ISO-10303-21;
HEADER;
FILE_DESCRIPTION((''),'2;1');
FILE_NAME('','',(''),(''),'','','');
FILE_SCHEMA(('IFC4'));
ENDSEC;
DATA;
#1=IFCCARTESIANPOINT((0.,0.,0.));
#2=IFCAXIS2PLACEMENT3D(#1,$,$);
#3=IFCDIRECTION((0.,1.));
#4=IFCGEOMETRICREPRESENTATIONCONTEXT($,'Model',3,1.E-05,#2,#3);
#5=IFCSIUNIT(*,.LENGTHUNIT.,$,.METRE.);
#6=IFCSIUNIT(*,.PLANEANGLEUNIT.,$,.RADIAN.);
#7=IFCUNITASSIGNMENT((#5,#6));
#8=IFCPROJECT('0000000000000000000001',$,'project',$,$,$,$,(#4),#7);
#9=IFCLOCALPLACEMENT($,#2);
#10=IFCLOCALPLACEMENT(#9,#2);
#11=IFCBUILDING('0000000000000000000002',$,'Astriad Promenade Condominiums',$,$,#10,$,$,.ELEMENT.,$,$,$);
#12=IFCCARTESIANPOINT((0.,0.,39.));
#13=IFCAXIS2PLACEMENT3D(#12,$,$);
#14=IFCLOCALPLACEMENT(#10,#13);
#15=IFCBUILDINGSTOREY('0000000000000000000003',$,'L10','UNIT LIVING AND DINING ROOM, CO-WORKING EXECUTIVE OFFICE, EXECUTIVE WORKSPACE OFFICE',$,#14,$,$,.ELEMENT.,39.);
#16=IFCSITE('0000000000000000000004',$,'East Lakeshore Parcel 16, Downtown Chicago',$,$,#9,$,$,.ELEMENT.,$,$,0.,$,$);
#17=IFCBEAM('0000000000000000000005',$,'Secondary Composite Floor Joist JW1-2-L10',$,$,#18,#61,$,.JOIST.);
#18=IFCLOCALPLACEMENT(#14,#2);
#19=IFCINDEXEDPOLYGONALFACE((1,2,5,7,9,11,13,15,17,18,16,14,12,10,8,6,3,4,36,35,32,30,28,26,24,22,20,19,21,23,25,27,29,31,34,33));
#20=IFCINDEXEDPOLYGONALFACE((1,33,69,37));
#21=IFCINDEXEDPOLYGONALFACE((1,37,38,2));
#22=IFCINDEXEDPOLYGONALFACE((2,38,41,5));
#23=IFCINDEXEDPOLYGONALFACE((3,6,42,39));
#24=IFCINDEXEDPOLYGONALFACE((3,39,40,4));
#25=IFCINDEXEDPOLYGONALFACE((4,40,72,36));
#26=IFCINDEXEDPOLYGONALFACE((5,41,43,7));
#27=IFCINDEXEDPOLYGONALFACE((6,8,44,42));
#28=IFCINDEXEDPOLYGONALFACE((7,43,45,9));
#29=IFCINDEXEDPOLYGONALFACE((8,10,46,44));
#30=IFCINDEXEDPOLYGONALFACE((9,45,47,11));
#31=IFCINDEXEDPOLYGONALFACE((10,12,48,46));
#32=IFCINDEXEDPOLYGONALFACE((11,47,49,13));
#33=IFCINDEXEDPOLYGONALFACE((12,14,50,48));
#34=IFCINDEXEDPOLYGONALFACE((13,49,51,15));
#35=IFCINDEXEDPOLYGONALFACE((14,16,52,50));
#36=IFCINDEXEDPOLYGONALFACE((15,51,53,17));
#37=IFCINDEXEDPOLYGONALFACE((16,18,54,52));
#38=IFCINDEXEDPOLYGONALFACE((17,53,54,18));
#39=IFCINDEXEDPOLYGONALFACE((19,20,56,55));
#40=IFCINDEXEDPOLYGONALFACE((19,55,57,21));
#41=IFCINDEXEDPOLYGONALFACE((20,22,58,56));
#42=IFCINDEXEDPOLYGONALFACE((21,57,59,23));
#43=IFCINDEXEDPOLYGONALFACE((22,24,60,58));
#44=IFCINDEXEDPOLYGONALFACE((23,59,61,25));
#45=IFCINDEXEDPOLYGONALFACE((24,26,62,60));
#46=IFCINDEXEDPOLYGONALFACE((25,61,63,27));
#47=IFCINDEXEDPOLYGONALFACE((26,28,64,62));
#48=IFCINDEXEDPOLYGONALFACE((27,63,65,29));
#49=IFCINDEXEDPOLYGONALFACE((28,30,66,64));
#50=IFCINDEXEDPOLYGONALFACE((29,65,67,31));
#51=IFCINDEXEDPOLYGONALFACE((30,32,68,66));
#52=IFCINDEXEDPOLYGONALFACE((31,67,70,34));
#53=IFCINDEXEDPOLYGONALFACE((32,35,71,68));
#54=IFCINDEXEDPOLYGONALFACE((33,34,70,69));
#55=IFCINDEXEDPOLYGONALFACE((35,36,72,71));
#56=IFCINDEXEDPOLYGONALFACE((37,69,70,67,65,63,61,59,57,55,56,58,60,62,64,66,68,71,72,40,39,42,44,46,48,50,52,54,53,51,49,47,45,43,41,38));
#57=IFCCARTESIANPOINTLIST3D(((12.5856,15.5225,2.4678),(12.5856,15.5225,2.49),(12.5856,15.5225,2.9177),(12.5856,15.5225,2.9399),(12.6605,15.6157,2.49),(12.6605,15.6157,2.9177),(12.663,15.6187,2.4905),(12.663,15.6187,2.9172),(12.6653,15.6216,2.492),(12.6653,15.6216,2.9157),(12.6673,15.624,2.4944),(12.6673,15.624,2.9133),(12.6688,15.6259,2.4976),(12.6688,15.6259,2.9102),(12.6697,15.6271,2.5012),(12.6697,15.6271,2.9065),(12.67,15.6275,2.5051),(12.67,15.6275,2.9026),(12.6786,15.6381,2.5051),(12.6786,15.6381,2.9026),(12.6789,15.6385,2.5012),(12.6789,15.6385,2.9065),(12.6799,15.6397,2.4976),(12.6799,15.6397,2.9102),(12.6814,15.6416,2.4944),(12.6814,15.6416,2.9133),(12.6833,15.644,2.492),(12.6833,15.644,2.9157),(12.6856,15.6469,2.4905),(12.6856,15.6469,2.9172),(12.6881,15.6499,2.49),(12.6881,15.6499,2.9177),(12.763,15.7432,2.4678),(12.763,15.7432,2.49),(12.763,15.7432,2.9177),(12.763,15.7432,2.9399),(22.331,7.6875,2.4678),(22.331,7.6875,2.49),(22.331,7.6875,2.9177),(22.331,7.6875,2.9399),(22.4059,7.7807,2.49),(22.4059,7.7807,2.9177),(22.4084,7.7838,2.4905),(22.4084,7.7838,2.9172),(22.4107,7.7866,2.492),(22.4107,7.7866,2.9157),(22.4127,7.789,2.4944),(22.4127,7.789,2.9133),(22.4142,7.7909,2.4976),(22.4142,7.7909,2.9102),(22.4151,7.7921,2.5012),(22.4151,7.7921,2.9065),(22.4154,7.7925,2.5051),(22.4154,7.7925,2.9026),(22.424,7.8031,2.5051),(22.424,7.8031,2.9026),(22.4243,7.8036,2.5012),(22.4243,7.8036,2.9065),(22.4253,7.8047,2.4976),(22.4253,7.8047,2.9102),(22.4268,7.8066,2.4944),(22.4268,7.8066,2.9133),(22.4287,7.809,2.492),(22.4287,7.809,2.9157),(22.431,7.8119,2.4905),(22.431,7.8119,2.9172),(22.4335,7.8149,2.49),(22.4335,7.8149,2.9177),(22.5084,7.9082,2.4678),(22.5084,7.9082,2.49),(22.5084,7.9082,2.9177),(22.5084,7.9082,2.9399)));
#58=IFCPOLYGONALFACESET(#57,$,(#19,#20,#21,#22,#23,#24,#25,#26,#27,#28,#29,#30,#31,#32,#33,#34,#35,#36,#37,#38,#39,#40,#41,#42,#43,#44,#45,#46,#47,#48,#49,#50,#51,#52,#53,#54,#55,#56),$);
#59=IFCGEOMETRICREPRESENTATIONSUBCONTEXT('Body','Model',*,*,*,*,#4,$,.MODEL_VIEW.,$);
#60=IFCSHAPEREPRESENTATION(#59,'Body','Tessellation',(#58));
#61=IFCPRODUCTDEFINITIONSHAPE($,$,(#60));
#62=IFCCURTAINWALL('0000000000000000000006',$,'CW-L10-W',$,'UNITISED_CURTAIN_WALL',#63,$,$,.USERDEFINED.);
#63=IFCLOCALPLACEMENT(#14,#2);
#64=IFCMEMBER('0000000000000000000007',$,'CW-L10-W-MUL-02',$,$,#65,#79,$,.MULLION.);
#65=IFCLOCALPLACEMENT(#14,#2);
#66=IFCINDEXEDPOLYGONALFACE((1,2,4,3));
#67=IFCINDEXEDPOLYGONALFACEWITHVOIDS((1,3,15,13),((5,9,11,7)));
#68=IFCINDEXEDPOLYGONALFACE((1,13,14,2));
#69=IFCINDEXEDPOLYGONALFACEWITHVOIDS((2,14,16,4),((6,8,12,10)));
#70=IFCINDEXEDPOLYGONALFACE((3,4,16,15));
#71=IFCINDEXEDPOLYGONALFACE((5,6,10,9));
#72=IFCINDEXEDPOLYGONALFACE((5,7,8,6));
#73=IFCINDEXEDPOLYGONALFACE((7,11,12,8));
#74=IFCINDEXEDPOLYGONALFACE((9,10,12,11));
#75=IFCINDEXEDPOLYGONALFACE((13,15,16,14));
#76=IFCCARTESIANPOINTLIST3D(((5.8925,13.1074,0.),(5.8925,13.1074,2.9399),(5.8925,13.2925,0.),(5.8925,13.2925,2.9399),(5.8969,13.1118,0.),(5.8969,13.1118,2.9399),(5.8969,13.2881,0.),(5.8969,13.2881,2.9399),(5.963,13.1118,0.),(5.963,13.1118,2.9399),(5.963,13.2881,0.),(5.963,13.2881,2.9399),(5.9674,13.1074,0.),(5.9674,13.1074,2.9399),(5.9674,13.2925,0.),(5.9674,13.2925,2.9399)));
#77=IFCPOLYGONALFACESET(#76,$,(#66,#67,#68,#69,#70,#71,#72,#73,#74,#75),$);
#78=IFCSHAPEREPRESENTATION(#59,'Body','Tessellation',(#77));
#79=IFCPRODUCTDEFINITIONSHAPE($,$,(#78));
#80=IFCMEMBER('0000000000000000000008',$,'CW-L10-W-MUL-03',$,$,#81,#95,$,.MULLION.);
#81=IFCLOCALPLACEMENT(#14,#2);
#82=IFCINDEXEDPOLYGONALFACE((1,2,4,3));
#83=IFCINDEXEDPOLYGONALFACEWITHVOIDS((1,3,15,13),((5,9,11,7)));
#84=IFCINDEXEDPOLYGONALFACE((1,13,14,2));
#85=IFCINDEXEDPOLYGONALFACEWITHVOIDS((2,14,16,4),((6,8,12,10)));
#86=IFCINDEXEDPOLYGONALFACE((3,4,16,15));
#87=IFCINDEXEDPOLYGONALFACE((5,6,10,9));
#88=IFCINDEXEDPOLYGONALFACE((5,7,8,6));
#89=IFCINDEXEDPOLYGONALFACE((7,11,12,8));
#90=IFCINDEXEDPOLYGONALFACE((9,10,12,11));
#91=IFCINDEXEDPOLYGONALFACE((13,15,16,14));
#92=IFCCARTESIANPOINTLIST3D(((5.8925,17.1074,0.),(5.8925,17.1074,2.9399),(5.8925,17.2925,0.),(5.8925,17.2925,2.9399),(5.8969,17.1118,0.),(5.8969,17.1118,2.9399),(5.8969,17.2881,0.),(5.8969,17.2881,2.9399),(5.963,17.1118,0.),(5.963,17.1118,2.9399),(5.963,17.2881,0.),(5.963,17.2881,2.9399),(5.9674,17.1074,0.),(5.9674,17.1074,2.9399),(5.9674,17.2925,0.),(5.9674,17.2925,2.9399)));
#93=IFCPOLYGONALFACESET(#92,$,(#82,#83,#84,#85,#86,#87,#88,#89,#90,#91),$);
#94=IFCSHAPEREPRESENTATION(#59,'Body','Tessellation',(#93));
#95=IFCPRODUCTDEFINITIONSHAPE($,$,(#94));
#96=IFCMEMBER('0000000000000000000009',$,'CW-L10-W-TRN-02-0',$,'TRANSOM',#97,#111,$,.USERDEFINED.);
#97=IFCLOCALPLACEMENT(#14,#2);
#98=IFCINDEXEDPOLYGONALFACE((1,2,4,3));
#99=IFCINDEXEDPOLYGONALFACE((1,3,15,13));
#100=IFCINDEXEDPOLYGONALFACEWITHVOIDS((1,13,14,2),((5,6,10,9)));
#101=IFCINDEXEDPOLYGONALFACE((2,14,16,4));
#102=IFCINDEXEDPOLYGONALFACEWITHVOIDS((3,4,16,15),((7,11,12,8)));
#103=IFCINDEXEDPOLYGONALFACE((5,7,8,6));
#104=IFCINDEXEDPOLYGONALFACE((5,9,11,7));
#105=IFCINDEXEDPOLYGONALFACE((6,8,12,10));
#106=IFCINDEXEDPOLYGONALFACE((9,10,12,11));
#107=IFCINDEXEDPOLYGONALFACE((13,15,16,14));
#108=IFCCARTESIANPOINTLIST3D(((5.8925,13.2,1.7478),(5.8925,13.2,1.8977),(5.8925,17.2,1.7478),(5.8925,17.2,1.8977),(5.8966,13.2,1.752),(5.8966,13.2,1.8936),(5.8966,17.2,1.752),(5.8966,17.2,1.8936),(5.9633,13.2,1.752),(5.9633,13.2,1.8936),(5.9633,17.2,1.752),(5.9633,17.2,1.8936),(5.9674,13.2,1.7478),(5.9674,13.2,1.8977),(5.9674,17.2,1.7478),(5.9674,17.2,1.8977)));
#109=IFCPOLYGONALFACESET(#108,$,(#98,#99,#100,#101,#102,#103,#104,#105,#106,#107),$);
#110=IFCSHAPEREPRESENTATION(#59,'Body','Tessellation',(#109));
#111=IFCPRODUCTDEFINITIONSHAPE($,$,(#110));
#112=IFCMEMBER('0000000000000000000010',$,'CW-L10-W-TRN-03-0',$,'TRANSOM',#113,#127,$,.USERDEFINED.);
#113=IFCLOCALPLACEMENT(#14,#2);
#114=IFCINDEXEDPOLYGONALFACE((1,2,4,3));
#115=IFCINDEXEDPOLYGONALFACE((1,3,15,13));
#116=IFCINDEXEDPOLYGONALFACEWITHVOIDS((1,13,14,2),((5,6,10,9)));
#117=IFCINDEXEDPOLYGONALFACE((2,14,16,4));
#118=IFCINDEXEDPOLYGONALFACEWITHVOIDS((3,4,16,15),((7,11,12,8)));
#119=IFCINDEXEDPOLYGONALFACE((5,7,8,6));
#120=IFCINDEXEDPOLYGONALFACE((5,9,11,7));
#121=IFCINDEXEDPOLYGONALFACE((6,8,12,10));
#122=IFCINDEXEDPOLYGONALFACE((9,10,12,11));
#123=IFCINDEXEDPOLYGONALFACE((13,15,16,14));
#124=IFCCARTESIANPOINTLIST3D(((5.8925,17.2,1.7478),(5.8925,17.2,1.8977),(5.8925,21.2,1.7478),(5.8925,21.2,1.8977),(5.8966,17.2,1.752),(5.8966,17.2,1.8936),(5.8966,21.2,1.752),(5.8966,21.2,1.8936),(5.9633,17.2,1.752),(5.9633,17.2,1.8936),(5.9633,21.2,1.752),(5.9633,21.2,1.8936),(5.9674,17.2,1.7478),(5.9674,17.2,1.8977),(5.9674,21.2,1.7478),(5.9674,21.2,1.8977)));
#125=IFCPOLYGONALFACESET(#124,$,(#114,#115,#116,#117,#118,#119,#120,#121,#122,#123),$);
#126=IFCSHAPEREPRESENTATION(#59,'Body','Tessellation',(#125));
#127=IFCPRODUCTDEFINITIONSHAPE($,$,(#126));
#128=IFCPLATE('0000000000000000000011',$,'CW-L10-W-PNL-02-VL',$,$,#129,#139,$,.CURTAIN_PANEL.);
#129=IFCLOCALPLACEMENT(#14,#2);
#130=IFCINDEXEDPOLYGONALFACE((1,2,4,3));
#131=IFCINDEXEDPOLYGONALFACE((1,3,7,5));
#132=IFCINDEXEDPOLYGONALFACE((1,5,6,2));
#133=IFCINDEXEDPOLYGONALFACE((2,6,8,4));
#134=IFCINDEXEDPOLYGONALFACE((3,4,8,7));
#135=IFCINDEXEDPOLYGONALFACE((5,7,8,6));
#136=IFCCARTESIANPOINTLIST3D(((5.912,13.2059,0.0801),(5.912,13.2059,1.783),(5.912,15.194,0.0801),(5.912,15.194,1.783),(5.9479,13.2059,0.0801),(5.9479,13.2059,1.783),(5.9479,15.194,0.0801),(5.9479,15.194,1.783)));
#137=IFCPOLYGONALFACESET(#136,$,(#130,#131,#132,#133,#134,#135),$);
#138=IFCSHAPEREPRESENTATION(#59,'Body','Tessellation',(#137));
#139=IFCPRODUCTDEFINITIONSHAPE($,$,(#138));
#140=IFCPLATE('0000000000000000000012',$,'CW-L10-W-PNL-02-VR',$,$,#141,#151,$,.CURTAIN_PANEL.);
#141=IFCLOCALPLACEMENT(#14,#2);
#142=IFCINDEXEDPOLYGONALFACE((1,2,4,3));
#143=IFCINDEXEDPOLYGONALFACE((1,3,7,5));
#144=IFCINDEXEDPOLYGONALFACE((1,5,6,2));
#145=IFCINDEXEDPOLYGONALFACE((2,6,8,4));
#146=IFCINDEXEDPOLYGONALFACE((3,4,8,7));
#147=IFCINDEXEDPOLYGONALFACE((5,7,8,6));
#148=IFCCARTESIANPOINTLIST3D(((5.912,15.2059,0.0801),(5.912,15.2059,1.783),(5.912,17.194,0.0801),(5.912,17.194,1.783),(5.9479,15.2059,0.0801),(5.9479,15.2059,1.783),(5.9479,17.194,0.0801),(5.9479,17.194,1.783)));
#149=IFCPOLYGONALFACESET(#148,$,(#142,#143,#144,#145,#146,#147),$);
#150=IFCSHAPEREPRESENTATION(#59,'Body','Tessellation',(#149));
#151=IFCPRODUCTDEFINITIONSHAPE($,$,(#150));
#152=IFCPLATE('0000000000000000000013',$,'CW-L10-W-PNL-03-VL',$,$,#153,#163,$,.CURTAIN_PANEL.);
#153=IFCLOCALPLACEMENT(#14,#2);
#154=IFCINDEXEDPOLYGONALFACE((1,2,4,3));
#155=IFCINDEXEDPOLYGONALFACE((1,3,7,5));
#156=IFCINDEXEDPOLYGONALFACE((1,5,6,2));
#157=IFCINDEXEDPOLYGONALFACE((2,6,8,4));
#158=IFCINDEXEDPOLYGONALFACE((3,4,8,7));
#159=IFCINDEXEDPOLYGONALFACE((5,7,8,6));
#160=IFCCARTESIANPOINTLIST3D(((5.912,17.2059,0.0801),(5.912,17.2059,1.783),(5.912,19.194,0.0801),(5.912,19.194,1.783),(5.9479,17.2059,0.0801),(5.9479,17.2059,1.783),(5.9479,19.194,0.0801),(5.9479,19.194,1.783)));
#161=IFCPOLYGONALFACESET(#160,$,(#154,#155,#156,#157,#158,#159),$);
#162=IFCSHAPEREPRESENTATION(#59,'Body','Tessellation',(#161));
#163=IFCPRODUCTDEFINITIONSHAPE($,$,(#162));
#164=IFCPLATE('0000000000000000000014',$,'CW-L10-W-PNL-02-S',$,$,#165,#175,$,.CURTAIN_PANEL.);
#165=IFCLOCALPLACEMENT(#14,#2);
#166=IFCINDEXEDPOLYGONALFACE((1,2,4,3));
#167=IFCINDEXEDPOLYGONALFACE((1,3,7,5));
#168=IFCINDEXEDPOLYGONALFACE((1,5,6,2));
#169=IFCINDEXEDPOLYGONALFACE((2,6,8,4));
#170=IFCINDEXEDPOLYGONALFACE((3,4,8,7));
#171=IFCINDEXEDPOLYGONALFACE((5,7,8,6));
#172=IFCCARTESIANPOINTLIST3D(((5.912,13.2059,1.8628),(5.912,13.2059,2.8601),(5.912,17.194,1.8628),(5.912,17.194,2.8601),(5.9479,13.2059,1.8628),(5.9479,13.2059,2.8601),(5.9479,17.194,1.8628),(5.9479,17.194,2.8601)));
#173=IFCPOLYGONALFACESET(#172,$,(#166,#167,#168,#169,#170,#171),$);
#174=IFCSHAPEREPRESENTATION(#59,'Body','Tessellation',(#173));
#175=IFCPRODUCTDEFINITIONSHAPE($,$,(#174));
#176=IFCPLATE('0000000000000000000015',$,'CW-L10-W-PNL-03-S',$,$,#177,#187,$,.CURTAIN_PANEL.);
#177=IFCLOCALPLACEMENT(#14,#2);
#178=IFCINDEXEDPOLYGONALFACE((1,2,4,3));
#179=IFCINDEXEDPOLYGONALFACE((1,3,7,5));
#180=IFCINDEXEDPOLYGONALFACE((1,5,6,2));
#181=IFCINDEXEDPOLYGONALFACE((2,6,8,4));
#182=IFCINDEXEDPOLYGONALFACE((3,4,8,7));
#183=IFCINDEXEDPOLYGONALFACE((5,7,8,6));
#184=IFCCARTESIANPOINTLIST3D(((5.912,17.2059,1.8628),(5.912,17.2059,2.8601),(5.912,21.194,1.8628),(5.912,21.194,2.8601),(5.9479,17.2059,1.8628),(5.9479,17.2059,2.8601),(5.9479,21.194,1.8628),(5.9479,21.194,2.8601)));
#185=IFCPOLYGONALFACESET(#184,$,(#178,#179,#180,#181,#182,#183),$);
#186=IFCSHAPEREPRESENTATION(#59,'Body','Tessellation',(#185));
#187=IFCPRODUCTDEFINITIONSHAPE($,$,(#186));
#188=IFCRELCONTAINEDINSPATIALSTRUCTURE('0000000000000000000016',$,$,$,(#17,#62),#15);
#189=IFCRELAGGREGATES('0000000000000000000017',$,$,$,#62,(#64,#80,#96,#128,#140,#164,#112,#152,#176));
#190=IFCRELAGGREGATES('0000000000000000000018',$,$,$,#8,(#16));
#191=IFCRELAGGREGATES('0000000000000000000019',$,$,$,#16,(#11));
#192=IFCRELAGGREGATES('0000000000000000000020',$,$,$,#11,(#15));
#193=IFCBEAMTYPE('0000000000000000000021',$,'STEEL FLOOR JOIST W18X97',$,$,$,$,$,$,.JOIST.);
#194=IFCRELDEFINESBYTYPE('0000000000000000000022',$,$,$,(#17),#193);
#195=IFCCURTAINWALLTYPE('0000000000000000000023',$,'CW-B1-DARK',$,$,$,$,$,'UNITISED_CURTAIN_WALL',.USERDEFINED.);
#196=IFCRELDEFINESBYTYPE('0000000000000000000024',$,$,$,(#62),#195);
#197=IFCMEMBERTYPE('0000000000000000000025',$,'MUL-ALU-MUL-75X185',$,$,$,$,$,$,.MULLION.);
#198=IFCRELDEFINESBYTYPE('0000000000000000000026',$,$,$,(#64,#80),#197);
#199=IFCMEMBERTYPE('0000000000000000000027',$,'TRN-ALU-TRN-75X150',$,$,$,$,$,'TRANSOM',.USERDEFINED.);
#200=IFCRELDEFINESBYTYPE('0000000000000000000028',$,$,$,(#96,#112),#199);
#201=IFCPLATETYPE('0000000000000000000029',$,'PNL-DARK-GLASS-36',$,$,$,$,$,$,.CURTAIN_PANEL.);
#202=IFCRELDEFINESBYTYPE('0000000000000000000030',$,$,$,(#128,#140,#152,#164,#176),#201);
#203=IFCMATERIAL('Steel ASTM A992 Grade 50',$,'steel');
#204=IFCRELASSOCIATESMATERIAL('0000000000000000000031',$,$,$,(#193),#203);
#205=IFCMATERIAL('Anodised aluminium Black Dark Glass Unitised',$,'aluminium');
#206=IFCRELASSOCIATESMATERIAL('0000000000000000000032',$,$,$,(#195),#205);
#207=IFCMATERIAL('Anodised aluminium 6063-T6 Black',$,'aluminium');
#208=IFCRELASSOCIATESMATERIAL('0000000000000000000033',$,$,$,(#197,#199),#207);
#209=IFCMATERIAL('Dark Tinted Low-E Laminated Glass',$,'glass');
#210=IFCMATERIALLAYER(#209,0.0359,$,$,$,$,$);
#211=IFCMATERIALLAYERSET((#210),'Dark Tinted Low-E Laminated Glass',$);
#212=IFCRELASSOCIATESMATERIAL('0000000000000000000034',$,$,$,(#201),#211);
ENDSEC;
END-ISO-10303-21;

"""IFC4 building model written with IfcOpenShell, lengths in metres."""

from ifc_helpers import new_model, si_unit, direction, frame, origin, origin_2d, place, context, subcontext, project, spatial, rectangle, hollow_rectangle, i_section, extrude, source, transform, mapped, material, layer, layer_set, material_profile, profile_set, type_object, type_shapes, element, aggregate, save


model = new_model("IFC4")

# Units and contexts
model_context = context("Model", 3, precision=1e-05, world=origin(), true_north=direction((0.0, 1.0)))
body_context = subcontext(model_context, "Body", "Model", "MODEL_VIEW")
ifc_project = project(units=[si_unit("LENGTHUNIT", "METRE"), si_unit("PLANEANGLEUNIT", "RADIAN")], contexts=[model_context])

# Site, building, storey
site_placement = place(None, origin())
site = spatial("IfcSite", under=ifc_project, at=site_placement, Name="East Lakeshore Parcel 16, Downtown Chicago", CompositionType="ELEMENT", RefElevation=0.0)
building_placement = place(site_placement, origin())
building = spatial("IfcBuilding", under=site, at=building_placement, Name="Astriad Promenade Condominiums", CompositionType="ELEMENT")
storey_placement = place(building_placement, frame((0.0, 0.0, 39.0)))
storey = spatial("IfcBuildingStorey", under=building, at=storey_placement, Name="L10", Description="UNIT LIVING AND DINING ROOM, CO-WORKING EXECUTIVE OFFICE, EXECUTIVE WORKSPACE OFFICE", CompositionType="ELEMENT", Elevation=39.0)

# Beam
ifc_material_1 = material(Name="Steel ASTM A992 Grade 50", Category="steel")
ifc_material_profile_1 = material_profile(ifc_material_1, i_section(OverallWidth=0.2832, OverallDepth=0.4722, WebThickness=0.0137, FlangeThickness=0.0222, FilletRadius=0.0151, at=origin_2d()), Name="W18X97")
ifc_profile_set_1 = profile_set([ifc_material_profile_1], Name="Steel ASTM A992 Grade 50")
beam_type_1 = type_object("IfcBeamType", Name="STEEL FLOOR JOIST W18X97", PredefinedType="JOIST", material=ifc_profile_set_1)
shared_shape_1 = source(origin(), body_context, "Body", "SweptSolid", [
    extrude(i_section(OverallWidth=0.2832, OverallDepth=0.4722, WebThickness=0.0137, FlangeThickness=0.0222, FilletRadius=0.0151, at=origin_2d()), origin(), (0.0, 0.0, 1.0), 12.5044),
])
beam_1_placement = place(storey_placement, frame((12.6743, 15.6328, 2.7039), z_axis=(0.779358, -0.626579, 0.0), x_axis=(0.626579, 0.779358, 0.0)))
element("IfcBeam", 1, at=beam_1_placement, inside=storey, type_object=beam_type_1, Name="Secondary Composite Floor Joist JW1-2-L10", PredefinedType="JOIST", context=body_context, shape_type="MappedRepresentation", body=[
    mapped(shared_shape_1, transform((0.0, 0.0, 0.0), scale=1.0)),
])

# Curtain wall, members, plates
ifc_material_2 = material(Name="Anodised aluminium Black Dark Glass Unitised", Category="aluminium")
curtain_wall_type = type_object("IfcCurtainWallType", Name="CW-B1-DARK", ElementType="UNITISED_CURTAIN_WALL", PredefinedType="USERDEFINED", material=ifc_material_2)
curtain_wall_placement = place(storey_placement, origin())
curtain_wall = element("IfcCurtainWall", 2, at=curtain_wall_placement, inside=storey, type_object=curtain_wall_type, Name="CW-L10-W", ObjectType="UNITISED_CURTAIN_WALL", PredefinedType="USERDEFINED")
ifc_material_3 = material(Name="Anodised aluminium 6063-T6 Black", Category="aluminium")
ifc_material_profile_2 = material_profile(ifc_material_3, hollow_rectangle(XDim=0.075, YDim=0.1851, WallThickness=0.0044, at=origin_2d()), Name="ALU-MUL-75X185")
ifc_profile_set_2 = profile_set([ifc_material_profile_2], Name="Anodised aluminium 6063-T6 Black")
member_type_1 = type_object("IfcMemberType", Name="MUL-ALU-MUL-75X185", PredefinedType="MULLION", material=ifc_profile_set_2)
shared_shape_2 = source(origin(), body_context, "Body", "SweptSolid", [
    extrude(hollow_rectangle(XDim=0.075, YDim=0.1851, WallThickness=0.0044, at=origin_2d()), origin(), (0.0, 0.0, 1.0), 2.9399),
])
type_shapes(member_type_1, [shared_shape_2])
member_1_placement = place(storey_placement, frame((5.9299, 13.2, 0.0), z_axis=(0.0, 0.0, 1.0), x_axis=(1.0, 0.0, 0.0)))
member_1 = element("IfcMember", 3, at=member_1_placement, type_object=member_type_1, Name="CW-L10-W-MUL-02", PredefinedType="MULLION", context=body_context, shape_type="MappedRepresentation", body=[
    mapped(shared_shape_2, transform((0.0, 0.0, 0.0), scale=1.0)),
])
member_2_placement = place(storey_placement, frame((5.9299, 17.2, 0.0), z_axis=(0.0, 0.0, 1.0), x_axis=(1.0, 0.0, 0.0)))
member_2 = element("IfcMember", 4, at=member_2_placement, type_object=member_type_1, Name="CW-L10-W-MUL-03", PredefinedType="MULLION", context=body_context, shape_type="MappedRepresentation", body=[
    mapped(shared_shape_2, transform((0.0, 0.0, 0.0), scale=1.0)),
])
ifc_material_profile_3 = material_profile(ifc_material_3, hollow_rectangle(XDim=0.075, YDim=0.1499, WallThickness=0.0042, at=origin_2d()), Name="ALU-TRN-75X150")
ifc_profile_set_3 = profile_set([ifc_material_profile_3], Name="Anodised aluminium 6063-T6 Black")
member_type_2 = type_object("IfcMemberType", Name="TRN-ALU-TRN-75X150", ElementType="TRANSOM", PredefinedType="USERDEFINED", material=ifc_profile_set_3)
shared_shape_3 = source(origin(), body_context, "Body", "SweptSolid", [
    extrude(hollow_rectangle(XDim=0.075, YDim=0.1499, WallThickness=0.0042, at=origin_2d()), origin(), (0.0, 0.0, 1.0), 4.0),
])
type_shapes(member_type_2, [shared_shape_3])
member_3_placement = place(storey_placement, frame((5.9299, 13.2, 1.8228), z_axis=(0.0, 1.0, 0.0), x_axis=(-1.0, 0.0, 0.0)))
member_3 = element("IfcMember", 5, at=member_3_placement, type_object=member_type_2, Name="CW-L10-W-TRN-02-0", ObjectType="TRANSOM", PredefinedType="USERDEFINED", context=body_context, shape_type="MappedRepresentation", body=[
    mapped(shared_shape_3, transform((0.0, 0.0, 0.0), scale=1.0)),
])
member_4_placement = place(storey_placement, frame((5.9299, 17.2, 1.8228), z_axis=(0.0, 1.0, 0.0), x_axis=(-1.0, 0.0, 0.0)))
member_4 = element("IfcMember", 6, at=member_4_placement, type_object=member_type_2, Name="CW-L10-W-TRN-03-0", ObjectType="TRANSOM", PredefinedType="USERDEFINED", context=body_context, shape_type="MappedRepresentation", body=[
    mapped(shared_shape_3, transform((0.0, 0.0, 0.0), scale=1.0)),
])
ifc_material_4 = material(Name="Dark Tinted Low-E Laminated Glass", Category="glass")
ifc_layer_1 = layer(ifc_material_4, 0.0359)
ifc_layer_set_1 = layer_set([ifc_layer_1], Name="Dark Tinted Low-E Laminated Glass")
plate_type = type_object("IfcPlateType", Name="PNL-DARK-GLASS-36", PredefinedType="CURTAIN_PANEL", material=ifc_layer_set_1)
shared_shape_4 = source(origin(), body_context, "Body", "SweptSolid", [
    extrude(rectangle(XDim=1.988, YDim=0.0359, at=origin_2d()), origin(), (0.0, 0.0, 1.0), 1.7029),
])
plate_1_placement = place(storey_placement, frame((5.9299, 14.2, 0.0801), z_axis=(0.0, 0.0, 1.0), x_axis=(0.0, 1.0, 0.0)))
plate_1 = element("IfcPlate", 7, at=plate_1_placement, type_object=plate_type, Name="CW-L10-W-PNL-02-VL", PredefinedType="CURTAIN_PANEL", context=body_context, shape_type="MappedRepresentation", body=[
    mapped(shared_shape_4, transform((0.0, 0.0, 0.0), scale=1.0)),
])
plate_2_placement = place(storey_placement, frame((5.9299, 16.2, 0.0801), z_axis=(0.0, 0.0, 1.0), x_axis=(0.0, 1.0, 0.0)))
plate_2 = element("IfcPlate", 8, at=plate_2_placement, type_object=plate_type, Name="CW-L10-W-PNL-02-VR", PredefinedType="CURTAIN_PANEL", context=body_context, shape_type="MappedRepresentation", body=[
    mapped(shared_shape_4, transform((0.0, 0.0, 0.0), scale=1.0)),
])
plate_3_placement = place(storey_placement, frame((5.9299, 18.2, 0.0801), z_axis=(0.0, 0.0, 1.0), x_axis=(0.0, 1.0, 0.0)))
plate_3 = element("IfcPlate", 9, at=plate_3_placement, type_object=plate_type, Name="CW-L10-W-PNL-03-VL", PredefinedType="CURTAIN_PANEL", context=body_context, shape_type="MappedRepresentation", body=[
    mapped(shared_shape_4, transform((0.0, 0.0, 0.0), scale=1.0)),
])
shared_shape_5 = source(origin(), body_context, "Body", "SweptSolid", [
    extrude(rectangle(XDim=3.988, YDim=0.0359, at=origin_2d()), origin(), (0.0, 0.0, 1.0), 0.9973),
])
type_shapes(plate_type, [shared_shape_4, shared_shape_5])
plate_4_placement = place(storey_placement, frame((5.9299, 15.2, 1.8628), z_axis=(0.0, 0.0, 1.0), x_axis=(0.0, 1.0, 0.0)))
plate_4 = element("IfcPlate", 10, at=plate_4_placement, type_object=plate_type, Name="CW-L10-W-PNL-02-S", PredefinedType="CURTAIN_PANEL", context=body_context, shape_type="MappedRepresentation", body=[
    mapped(shared_shape_5, transform((0.0, 0.0, 0.0), scale=1.0)),
])
plate_5_placement = place(storey_placement, frame((5.9299, 19.2, 1.8628), z_axis=(0.0, 0.0, 1.0), x_axis=(0.0, 1.0, 0.0)))
plate_5 = element("IfcPlate", 11, at=plate_5_placement, type_object=plate_type, Name="CW-L10-W-PNL-03-S", PredefinedType="CURTAIN_PANEL", context=body_context, shape_type="MappedRepresentation", body=[
    mapped(shared_shape_5, transform((0.0, 0.0, 0.0), scale=1.0)),
])
aggregate(curtain_wall, [member_1, member_2, member_3, plate_1, plate_2, plate_4, member_4, plate_3, plate_5])

save(model, "model.ifc")
